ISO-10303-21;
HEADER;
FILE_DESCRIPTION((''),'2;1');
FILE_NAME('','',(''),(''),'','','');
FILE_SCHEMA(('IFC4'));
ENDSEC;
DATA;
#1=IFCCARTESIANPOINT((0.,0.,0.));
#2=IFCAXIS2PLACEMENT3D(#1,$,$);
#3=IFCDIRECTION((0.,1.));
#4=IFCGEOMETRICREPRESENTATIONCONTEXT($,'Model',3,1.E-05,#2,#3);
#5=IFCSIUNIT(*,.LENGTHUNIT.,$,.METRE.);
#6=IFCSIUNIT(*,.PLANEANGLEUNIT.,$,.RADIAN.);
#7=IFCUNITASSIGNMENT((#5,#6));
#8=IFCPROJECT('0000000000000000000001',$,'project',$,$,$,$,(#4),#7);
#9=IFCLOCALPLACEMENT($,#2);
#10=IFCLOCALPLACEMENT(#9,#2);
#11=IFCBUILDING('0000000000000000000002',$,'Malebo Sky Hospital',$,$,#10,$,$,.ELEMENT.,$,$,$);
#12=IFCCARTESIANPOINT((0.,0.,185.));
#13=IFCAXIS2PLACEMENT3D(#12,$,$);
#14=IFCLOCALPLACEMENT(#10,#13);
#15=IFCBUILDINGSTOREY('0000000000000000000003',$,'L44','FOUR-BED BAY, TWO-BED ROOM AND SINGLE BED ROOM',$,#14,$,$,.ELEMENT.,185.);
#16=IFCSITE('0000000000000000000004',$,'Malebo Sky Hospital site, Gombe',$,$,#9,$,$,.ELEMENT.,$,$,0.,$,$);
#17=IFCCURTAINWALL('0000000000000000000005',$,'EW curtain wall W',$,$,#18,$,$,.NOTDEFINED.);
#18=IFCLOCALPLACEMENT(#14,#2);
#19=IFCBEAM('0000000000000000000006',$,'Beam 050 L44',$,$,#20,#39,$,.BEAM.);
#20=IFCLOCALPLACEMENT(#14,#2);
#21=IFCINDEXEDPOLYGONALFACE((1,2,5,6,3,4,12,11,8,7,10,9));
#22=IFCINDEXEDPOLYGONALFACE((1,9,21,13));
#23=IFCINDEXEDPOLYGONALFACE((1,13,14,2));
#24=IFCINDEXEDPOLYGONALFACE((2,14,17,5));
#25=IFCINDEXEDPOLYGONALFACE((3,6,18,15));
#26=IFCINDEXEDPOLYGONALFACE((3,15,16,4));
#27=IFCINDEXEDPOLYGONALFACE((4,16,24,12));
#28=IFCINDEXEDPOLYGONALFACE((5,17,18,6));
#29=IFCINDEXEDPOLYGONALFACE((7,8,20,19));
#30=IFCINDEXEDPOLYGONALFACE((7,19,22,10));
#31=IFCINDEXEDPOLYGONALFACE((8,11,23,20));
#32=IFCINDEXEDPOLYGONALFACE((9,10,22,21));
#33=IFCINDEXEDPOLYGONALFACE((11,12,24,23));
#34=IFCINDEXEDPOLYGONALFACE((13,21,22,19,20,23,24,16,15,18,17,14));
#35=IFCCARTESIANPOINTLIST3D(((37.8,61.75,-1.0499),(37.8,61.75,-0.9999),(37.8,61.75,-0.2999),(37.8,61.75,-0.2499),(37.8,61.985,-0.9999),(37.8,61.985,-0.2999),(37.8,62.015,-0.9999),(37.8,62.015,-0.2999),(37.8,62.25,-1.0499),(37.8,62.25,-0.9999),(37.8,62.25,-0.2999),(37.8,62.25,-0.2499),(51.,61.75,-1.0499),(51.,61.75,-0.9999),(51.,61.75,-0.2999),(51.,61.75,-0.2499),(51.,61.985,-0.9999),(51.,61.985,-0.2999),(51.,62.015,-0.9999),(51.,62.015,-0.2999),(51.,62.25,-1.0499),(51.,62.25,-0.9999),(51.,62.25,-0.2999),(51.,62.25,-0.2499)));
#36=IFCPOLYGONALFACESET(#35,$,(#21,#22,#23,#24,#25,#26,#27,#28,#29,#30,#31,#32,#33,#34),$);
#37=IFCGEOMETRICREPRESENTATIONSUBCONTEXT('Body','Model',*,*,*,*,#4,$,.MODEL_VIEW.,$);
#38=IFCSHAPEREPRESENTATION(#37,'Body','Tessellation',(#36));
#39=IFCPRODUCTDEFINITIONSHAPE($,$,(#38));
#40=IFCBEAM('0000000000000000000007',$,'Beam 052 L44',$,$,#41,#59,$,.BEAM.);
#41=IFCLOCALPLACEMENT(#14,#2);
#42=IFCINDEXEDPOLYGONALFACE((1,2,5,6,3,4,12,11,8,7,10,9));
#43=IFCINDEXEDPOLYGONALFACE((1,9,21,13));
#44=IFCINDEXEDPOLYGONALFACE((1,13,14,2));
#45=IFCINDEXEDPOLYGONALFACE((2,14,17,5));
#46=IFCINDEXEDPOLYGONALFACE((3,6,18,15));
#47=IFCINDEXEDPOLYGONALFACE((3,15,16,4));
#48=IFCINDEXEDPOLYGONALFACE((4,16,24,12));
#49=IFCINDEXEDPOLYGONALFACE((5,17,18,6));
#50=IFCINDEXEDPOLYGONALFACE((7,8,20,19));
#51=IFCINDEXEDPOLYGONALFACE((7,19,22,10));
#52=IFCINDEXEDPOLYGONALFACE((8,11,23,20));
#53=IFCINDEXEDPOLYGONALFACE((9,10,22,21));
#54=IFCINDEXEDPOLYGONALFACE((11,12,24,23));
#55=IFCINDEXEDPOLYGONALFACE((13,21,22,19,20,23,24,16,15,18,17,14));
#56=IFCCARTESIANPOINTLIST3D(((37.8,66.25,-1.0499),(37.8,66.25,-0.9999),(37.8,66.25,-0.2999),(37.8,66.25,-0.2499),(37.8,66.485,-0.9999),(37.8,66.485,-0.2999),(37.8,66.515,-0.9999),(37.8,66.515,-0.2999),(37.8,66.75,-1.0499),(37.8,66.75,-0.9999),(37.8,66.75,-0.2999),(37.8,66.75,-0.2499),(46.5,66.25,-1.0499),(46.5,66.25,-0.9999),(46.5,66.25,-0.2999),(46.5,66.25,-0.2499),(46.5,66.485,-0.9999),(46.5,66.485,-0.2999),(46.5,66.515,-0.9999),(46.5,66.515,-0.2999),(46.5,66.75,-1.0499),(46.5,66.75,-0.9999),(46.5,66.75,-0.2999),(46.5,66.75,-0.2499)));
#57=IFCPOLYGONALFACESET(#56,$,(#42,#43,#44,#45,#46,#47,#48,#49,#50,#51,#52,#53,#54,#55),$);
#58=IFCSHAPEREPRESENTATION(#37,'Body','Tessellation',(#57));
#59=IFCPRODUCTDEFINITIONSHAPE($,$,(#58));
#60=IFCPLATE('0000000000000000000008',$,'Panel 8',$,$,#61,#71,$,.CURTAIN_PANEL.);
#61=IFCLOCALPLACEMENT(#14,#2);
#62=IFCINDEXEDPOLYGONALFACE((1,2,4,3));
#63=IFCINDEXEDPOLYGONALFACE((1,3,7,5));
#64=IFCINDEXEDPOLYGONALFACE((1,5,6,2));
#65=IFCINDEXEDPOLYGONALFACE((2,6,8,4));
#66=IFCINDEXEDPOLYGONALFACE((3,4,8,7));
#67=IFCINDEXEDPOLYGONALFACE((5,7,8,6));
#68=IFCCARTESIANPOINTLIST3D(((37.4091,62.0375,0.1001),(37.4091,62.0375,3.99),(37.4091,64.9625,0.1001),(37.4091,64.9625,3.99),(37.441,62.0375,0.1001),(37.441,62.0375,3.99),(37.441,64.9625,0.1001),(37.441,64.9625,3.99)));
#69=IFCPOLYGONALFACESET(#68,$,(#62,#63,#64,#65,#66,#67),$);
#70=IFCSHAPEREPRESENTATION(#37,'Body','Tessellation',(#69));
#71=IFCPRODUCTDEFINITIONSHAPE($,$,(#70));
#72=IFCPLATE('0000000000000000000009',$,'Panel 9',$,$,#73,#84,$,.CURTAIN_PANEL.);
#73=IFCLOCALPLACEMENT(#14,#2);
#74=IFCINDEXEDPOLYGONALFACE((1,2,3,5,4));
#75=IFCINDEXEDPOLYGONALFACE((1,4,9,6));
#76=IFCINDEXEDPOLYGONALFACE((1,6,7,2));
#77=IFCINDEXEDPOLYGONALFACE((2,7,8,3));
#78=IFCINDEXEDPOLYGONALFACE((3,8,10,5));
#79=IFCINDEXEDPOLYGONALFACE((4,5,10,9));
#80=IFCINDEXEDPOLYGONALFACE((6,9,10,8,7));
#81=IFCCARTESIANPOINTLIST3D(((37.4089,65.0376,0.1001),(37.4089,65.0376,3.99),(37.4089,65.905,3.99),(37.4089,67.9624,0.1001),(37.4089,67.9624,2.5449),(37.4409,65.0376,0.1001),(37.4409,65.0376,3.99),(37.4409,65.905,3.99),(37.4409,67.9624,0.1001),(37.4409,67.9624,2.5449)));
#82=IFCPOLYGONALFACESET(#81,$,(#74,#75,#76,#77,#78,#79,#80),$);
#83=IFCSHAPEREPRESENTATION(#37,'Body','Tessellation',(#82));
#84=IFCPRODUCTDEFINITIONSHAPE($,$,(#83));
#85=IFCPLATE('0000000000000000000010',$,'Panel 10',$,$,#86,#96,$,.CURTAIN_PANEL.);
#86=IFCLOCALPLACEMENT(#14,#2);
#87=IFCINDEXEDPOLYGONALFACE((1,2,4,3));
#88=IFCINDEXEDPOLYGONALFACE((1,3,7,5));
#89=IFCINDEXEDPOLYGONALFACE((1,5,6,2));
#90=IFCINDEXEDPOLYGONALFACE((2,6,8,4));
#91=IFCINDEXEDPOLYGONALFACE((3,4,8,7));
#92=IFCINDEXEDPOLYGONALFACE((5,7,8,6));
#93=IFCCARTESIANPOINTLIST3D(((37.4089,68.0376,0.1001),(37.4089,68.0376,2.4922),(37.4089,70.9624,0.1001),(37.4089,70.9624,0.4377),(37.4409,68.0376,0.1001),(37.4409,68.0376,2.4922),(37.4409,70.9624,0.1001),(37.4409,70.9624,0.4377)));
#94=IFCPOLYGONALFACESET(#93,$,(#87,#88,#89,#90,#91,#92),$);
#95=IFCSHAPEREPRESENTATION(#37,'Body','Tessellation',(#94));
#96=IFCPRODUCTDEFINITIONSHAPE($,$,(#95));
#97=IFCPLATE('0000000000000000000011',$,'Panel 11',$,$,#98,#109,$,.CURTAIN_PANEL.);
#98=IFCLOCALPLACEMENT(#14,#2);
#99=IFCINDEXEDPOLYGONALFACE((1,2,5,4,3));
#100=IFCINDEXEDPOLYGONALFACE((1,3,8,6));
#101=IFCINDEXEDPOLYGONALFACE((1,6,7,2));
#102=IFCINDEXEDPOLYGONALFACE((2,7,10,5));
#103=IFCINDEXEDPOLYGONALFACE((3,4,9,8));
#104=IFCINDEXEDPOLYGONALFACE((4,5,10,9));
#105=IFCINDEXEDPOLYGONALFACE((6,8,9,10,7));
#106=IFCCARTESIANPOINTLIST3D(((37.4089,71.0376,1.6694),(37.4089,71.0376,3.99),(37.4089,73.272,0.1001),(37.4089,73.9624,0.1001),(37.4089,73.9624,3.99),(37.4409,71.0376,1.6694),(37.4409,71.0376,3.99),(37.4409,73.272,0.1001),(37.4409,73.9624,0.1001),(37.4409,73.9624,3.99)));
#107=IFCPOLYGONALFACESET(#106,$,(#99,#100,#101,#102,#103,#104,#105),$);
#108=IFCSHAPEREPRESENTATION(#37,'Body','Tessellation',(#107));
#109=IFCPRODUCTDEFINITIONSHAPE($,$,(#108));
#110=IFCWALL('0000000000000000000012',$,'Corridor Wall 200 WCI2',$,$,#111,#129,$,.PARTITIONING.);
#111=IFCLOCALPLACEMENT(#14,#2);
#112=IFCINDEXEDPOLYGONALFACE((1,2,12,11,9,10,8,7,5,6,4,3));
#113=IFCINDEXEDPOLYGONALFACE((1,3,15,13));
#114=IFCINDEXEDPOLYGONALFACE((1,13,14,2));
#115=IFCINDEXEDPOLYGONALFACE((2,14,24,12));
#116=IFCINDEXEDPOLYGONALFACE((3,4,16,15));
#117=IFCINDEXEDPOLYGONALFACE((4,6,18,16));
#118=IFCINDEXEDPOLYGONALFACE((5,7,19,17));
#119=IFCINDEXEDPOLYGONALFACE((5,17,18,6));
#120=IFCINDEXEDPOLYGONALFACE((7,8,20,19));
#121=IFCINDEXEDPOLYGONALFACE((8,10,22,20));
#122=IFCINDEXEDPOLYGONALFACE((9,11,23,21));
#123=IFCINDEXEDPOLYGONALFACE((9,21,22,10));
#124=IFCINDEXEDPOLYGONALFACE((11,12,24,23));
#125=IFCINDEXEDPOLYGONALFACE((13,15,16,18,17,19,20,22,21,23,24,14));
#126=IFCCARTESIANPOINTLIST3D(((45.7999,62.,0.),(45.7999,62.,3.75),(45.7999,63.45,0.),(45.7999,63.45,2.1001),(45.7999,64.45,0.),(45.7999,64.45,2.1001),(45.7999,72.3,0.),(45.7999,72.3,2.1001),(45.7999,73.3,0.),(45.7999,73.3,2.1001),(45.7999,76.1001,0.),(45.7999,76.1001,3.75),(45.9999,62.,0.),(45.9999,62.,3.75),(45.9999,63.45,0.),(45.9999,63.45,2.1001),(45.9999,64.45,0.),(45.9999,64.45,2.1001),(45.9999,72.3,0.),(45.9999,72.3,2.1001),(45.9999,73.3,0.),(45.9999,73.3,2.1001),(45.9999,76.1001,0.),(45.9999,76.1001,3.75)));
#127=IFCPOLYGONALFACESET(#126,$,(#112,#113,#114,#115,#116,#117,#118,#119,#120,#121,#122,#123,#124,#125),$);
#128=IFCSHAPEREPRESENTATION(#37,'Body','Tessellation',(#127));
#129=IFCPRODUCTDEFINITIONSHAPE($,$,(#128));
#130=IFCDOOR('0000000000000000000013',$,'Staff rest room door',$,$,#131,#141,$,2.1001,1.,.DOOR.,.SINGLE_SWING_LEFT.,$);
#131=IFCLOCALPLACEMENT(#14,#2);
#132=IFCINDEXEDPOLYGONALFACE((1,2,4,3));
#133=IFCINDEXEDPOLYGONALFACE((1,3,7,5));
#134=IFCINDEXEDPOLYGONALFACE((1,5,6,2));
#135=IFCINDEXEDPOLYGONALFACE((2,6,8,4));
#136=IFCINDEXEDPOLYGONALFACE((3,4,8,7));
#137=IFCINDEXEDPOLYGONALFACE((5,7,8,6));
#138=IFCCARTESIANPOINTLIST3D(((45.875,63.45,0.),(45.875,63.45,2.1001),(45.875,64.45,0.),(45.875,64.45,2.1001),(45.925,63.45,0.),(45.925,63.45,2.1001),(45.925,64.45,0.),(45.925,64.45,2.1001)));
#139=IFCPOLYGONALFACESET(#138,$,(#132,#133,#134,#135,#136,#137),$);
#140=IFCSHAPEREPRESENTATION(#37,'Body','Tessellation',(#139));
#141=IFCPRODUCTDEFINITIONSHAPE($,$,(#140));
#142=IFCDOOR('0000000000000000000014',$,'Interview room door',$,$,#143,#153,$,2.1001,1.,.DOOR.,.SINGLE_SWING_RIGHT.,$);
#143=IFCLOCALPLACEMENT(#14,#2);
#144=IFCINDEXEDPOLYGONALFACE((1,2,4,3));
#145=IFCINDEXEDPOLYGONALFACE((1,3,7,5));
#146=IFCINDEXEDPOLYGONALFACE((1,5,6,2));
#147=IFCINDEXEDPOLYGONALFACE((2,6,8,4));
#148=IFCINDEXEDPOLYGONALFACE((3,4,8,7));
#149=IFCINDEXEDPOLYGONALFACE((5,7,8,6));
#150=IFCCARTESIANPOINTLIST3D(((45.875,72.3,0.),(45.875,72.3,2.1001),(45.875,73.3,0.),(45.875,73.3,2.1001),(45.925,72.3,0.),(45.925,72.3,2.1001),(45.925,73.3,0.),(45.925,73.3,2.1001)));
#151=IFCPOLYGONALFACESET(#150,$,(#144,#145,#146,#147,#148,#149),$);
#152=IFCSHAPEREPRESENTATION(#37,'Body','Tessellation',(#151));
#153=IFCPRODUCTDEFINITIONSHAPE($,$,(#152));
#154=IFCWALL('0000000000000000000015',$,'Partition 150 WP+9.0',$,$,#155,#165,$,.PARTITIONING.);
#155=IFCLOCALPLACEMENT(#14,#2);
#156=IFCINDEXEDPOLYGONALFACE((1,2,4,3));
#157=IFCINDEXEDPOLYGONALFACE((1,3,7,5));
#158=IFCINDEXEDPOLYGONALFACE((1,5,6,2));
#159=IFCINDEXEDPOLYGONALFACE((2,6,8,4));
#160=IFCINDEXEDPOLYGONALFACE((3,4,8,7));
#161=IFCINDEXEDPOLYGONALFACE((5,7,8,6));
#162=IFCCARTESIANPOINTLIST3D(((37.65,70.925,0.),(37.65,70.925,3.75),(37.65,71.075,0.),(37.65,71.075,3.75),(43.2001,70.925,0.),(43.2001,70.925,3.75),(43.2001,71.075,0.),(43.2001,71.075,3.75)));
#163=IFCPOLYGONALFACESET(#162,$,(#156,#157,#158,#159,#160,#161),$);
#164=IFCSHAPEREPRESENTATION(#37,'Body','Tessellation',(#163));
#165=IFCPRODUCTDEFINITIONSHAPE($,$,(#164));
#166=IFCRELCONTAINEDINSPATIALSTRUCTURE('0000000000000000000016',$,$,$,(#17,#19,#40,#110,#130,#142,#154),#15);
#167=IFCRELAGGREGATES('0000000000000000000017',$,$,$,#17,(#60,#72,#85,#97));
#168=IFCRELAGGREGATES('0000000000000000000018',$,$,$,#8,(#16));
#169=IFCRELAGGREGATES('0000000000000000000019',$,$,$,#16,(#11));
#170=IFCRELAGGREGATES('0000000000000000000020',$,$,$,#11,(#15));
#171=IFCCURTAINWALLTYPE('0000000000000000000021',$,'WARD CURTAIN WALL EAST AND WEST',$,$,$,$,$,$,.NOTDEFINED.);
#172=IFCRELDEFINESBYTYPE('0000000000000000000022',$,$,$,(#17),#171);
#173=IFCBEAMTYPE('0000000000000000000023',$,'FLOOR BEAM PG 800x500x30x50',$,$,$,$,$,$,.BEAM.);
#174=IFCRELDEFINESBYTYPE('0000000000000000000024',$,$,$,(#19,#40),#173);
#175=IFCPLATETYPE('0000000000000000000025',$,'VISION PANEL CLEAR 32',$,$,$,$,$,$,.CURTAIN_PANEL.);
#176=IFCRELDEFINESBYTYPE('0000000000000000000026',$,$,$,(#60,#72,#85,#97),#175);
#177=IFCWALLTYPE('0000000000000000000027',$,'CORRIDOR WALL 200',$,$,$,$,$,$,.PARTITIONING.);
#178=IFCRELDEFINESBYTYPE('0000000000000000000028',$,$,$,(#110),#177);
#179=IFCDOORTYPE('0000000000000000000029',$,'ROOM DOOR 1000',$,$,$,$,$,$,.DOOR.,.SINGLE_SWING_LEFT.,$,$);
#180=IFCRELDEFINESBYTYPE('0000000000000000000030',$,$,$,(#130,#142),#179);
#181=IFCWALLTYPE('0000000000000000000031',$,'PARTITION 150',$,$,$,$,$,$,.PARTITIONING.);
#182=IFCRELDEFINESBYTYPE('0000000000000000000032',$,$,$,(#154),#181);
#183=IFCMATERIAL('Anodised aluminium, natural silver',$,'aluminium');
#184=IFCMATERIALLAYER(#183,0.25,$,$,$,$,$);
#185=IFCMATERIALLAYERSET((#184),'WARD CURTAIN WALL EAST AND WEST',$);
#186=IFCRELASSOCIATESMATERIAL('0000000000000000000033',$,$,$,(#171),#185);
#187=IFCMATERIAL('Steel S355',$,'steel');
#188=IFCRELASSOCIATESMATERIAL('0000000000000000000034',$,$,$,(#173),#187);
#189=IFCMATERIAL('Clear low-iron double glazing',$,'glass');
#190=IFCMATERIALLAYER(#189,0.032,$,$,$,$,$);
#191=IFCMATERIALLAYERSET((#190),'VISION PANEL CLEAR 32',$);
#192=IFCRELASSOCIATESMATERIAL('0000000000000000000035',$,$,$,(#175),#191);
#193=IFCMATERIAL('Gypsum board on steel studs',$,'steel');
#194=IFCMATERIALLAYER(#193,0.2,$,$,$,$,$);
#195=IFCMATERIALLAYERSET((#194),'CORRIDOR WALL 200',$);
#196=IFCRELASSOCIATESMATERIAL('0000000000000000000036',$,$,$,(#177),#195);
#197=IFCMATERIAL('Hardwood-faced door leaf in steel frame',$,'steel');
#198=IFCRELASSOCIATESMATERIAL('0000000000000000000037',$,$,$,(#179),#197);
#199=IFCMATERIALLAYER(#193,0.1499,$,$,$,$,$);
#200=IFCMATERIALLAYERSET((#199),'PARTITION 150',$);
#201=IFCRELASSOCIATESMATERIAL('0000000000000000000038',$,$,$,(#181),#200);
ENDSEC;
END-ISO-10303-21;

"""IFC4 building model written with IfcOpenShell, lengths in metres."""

from ifc_helpers import new_model, si_unit, direction, frame, frame_2d, origin, origin_2d, place, context, subcontext, project, spatial, polyline, rectangle, i_section, outline, extrude, material, layer, layer_set, material_profile, profile_set, type_object, element, fill, aggregate, save


model = new_model("IFC4")

# Units and contexts
model_context = context("Model", 3, precision=1e-05, world=origin(), true_north=direction((0.0, 1.0)))
body_context = subcontext(model_context, "Body", "Model", "MODEL_VIEW")
ifc_project = project(units=[si_unit("LENGTHUNIT", "METRE"), si_unit("PLANEANGLEUNIT", "RADIAN")], contexts=[model_context])

# Site, building, storey
site_placement = place(None, origin())
site = spatial("IfcSite", under=ifc_project, at=site_placement, Name="Malebo Sky Hospital site, Gombe", CompositionType="ELEMENT", RefElevation=0.0)
building_placement = place(site_placement, origin())
building = spatial("IfcBuilding", under=site, at=building_placement, Name="Malebo Sky Hospital", CompositionType="ELEMENT")
storey_placement = place(building_placement, frame((0.0, 0.0, 185.0)))
storey = spatial("IfcBuildingStorey", under=building, at=storey_placement, Name="L44", Description="FOUR-BED BAY, TWO-BED ROOM AND SINGLE BED ROOM", CompositionType="ELEMENT", Elevation=185.0)

# Curtain wall
ifc_material_1 = material(Name="Anodised aluminium, natural silver", Category="aluminium")
ifc_layer_1 = layer(ifc_material_1, 0.25)
ifc_layer_set_1 = layer_set([ifc_layer_1], Name="WARD CURTAIN WALL EAST AND WEST")
curtain_wall_type = type_object("IfcCurtainWallType", Name="WARD CURTAIN WALL EAST AND WEST", PredefinedType="NOTDEFINED", material=ifc_layer_set_1)
curtain_wall_placement = place(storey_placement, origin())
curtain_wall = element("IfcCurtainWall", 1, at=curtain_wall_placement, inside=storey, type_object=curtain_wall_type, Name="EW curtain wall W", PredefinedType="NOTDEFINED")

# Shared definitions
ifc_material_2 = material(Name="Steel S355", Category="steel")

# Beams
ifc_material_profile_1 = material_profile(ifc_material_2, i_section(OverallWidth=0.5, OverallDepth=0.8, WebThickness=0.03, FlangeThickness=0.05, at=origin_2d()), Name="PG 800x500x30x50")
ifc_profile_set_1 = profile_set([ifc_material_profile_1], Name="Steel S355")
beam_type_1 = type_object("IfcBeamType", Name="FLOOR BEAM PG 800x500x30x50", PredefinedType="BEAM", material=ifc_profile_set_1)
beam_1_placement = place(storey_placement, frame((37.8, 62.0, -0.6499), z_axis=(1.0, 0.0, 0.0), x_axis=(0.0, 1.0, 0.0)))
element("IfcBeam", 2, at=beam_1_placement, inside=storey, type_object=beam_type_1, Name="Beam 050 L44", PredefinedType="BEAM", context=body_context, shape_type="SweptSolid", body=[
    extrude(i_section(OverallWidth=0.5, OverallDepth=0.8, WebThickness=0.03, FlangeThickness=0.05, at=origin_2d()), origin(), (0.0, 0.0, 1.0), 13.2),
])
beam_2_placement = place(storey_placement, frame((37.8, 66.5, -0.6499), z_axis=(1.0, 0.0, 0.0), x_axis=(0.0, 1.0, 0.0)))
element("IfcBeam", 3, at=beam_2_placement, inside=storey, type_object=beam_type_1, Name="Beam 052 L44", PredefinedType="BEAM", context=body_context, shape_type="SweptSolid", body=[
    extrude(i_section(OverallWidth=0.5, OverallDepth=0.8, WebThickness=0.03, FlangeThickness=0.05, at=origin_2d()), origin(), (0.0, 0.0, 1.0), 8.7),
])

# Plates
ifc_material_3 = material(Name="Clear low-iron double glazing", Category="glass")
ifc_layer_2 = layer(ifc_material_3, 0.032)
ifc_layer_set_2 = layer_set([ifc_layer_2], Name="VISION PANEL CLEAR 32")
plate_type = type_object("IfcPlateType", Name="VISION PANEL CLEAR 32", PredefinedType="CURTAIN_PANEL", material=ifc_layer_set_2)
plate_1_placement = place(storey_placement, frame((37.425, 63.5, 0.1001), z_axis=(0.0, 0.0, 1.0), x_axis=(0.0, 1.0, 0.0)))
plate_1 = element("IfcPlate", 4, at=plate_1_placement, type_object=plate_type, Name="Panel 8", PredefinedType="CURTAIN_PANEL", context=body_context, shape_type="SweptSolid", body=[
    extrude(rectangle(XDim=2.925, YDim=0.032, at=origin_2d()), origin(), (0.0, 0.0, 1.0), 3.8899),
])
plate_2_placement = place(storey_placement, frame((37.425, 66.5, 0.1001), z_axis=(0.0, 0.0, 1.0), x_axis=(0.0, 1.0, 0.0)))
plate_2 = element("IfcPlate", 5, at=plate_2_placement, type_object=plate_type, Name="Panel 9", PredefinedType="CURTAIN_PANEL", context=body_context, shape_type="SweptSolid", body=[
    extrude(outline(polyline([(-1.4624, 0.0), (1.4624, 0.0), (1.4624, 2.4448), (-0.595, 3.8899), (-1.4624, 3.8899), (-1.4624, 0.0)])), frame((0.0, 0.0161, 0.0), z_axis=(0.0, -1.0, 0.0), x_axis=(1.0, 0.0, 0.0)), (0.0, 0.0, 1.0), 0.032),
])
plate_3_placement = place(storey_placement, frame((37.425, 69.5, 0.1001), z_axis=(0.0, 0.0, 1.0), x_axis=(0.0, 1.0, 0.0)))
plate_3 = element("IfcPlate", 6, at=plate_3_placement, type_object=plate_type, Name="Panel 10", PredefinedType="CURTAIN_PANEL", context=body_context, shape_type="SweptSolid", body=[
    extrude(outline(polyline([(-1.4624, 0.0), (1.4624, 0.0), (1.4624, 0.3376), (-1.4624, 2.3921), (-1.4624, 0.0)])), frame((0.0, 0.0161, 0.0), z_axis=(0.0, -1.0, 0.0), x_axis=(1.0, 0.0, 0.0)), (0.0, 0.0, 1.0), 0.032),
])
plate_4_placement = place(storey_placement, frame((37.425, 72.5, 0.1001), z_axis=(0.0, 0.0, 1.0), x_axis=(0.0, 1.0, 0.0)))
plate_4 = element("IfcPlate", 7, at=plate_4_placement, type_object=plate_type, Name="Panel 11", PredefinedType="CURTAIN_PANEL", context=body_context, shape_type="SweptSolid", body=[
    extrude(outline(polyline([(0.772, 0.0), (1.4624, 0.0), (1.4624, 3.8899), (-1.4624, 3.8899), (-1.4624, 1.5693), (0.772, 0.0)])), frame((0.0, 0.0161, 0.0), z_axis=(0.0, -1.0, 0.0), x_axis=(1.0, 0.0, 0.0)), (0.0, 0.0, 1.0), 0.032),
])
aggregate(curtain_wall, [plate_1, plate_2, plate_3, plate_4])

# Wall, openings, doors
ifc_material_4 = material(Name="Gypsum board on steel studs", Category="steel")
ifc_layer_3 = layer(ifc_material_4, 0.2)
ifc_layer_set_3 = layer_set([ifc_layer_3], Name="CORRIDOR WALL 200")
wall_type_1 = type_object("IfcWallType", Name="CORRIDOR WALL 200", PredefinedType="PARTITIONING", material=ifc_layer_set_3)
wall_1_placement = place(storey_placement, frame((45.8999, 62.0, 0.0), z_axis=(0.0, 0.0, 1.0), x_axis=(0.0, 1.0, 0.0)))
wall_1 = element("IfcWall", 8, at=wall_1_placement, inside=storey, type_object=wall_type_1, Name="Corridor Wall 200 WCI2", PredefinedType="PARTITIONING", context=body_context, shape_type="SweptSolid", body=[
    extrude(rectangle(XDim=14.1001, YDim=0.2, at=frame_2d((7.05, 0.0))), origin(), (0.0, 0.0, 1.0), 3.75),
])
opening_1_placement = place(wall_1_placement, frame((1.45, 0.0, 0.0)))
opening_1 = element("IfcOpeningElement", 9, at=opening_1_placement, cuts=wall_1, PredefinedType="OPENING", context=body_context, shape_type="SweptSolid", body=[
    extrude(rectangle(XDim=1.0, YDim=2.1001, at=frame_2d((0.5, 1.05))), frame((0.0, 0.1099, 0.0), z_axis=(0.0, -1.0, 0.0), x_axis=(1.0, 0.0, 0.0)), (0.0, 0.0, 1.0), 0.22),
])
opening_2_placement = place(wall_1_placement, frame((10.3, 0.0, 0.0)))
opening_2 = element("IfcOpeningElement", 10, at=opening_2_placement, cuts=wall_1, PredefinedType="OPENING", context=body_context, shape_type="SweptSolid", body=[
    extrude(rectangle(XDim=1.0, YDim=2.1001, at=frame_2d((0.5, 1.05))), frame((0.0, 0.1099, 0.0), z_axis=(0.0, -1.0, 0.0), x_axis=(1.0, 0.0, 0.0)), (0.0, 0.0, 1.0), 0.22),
])
ifc_material_5 = material(Name="Hardwood-faced door leaf in steel frame", Category="steel")
door_type_1 = type_object("IfcDoorType", Name="ROOM DOOR 1000", OperationType="SINGLE_SWING_LEFT", PredefinedType="DOOR", material=ifc_material_5)
door_1_placement = place(opening_1_placement, origin())
door_1 = element("IfcDoor", 11, at=door_1_placement, inside=storey, type_object=door_type_1, Name="Staff rest room door", OperationType="SINGLE_SWING_LEFT", OverallHeight=2.1001, OverallWidth=1.0, PredefinedType="DOOR", context=body_context, shape_type="SweptSolid", body=[
    extrude(rectangle(XDim=1.0, YDim=2.1001, at=frame_2d((0.5, 1.05))), frame((0.0, 0.0249, 0.0), z_axis=(0.0, -1.0, 0.0), x_axis=(1.0, 0.0, 0.0)), (0.0, 0.0, 1.0), 0.05),
])
fill(opening_1, door_1)
door_2_placement = place(opening_2_placement, origin())
door_2 = element("IfcDoor", 12, at=door_2_placement, inside=storey, type_object=door_type_1, Name="Interview room door", OperationType="SINGLE_SWING_RIGHT", OverallHeight=2.1001, OverallWidth=1.0, PredefinedType="DOOR", context=body_context, shape_type="SweptSolid", body=[
    extrude(rectangle(XDim=1.0, YDim=2.1001, at=frame_2d((0.5, 1.05))), frame((0.0, 0.0249, 0.0), z_axis=(0.0, -1.0, 0.0), x_axis=(1.0, 0.0, 0.0)), (0.0, 0.0, 1.0), 0.05),
])
fill(opening_2, door_2)

# Wall
ifc_layer_4 = layer(ifc_material_4, 0.1499)
ifc_layer_set_4 = layer_set([ifc_layer_4], Name="PARTITION 150")
wall_type_2 = type_object("IfcWallType", Name="PARTITION 150", PredefinedType="PARTITIONING", material=ifc_layer_set_4)
wall_2_placement = place(storey_placement, frame((43.2, 71.0, 0.0), z_axis=(0.0, 0.0, 1.0), x_axis=(-1.0, 0.0, 0.0)))
element("IfcWall", 13, at=wall_2_placement, inside=storey, type_object=wall_type_2, Name="Partition 150 WP+9.0", PredefinedType="PARTITIONING", context=body_context, shape_type="SweptSolid", body=[
    extrude(rectangle(XDim=5.55, YDim=0.1499, at=frame_2d((2.7749, 0.0))), origin(), (0.0, 0.0, 1.0), 3.75),
])

save(model, "model.ifc")
